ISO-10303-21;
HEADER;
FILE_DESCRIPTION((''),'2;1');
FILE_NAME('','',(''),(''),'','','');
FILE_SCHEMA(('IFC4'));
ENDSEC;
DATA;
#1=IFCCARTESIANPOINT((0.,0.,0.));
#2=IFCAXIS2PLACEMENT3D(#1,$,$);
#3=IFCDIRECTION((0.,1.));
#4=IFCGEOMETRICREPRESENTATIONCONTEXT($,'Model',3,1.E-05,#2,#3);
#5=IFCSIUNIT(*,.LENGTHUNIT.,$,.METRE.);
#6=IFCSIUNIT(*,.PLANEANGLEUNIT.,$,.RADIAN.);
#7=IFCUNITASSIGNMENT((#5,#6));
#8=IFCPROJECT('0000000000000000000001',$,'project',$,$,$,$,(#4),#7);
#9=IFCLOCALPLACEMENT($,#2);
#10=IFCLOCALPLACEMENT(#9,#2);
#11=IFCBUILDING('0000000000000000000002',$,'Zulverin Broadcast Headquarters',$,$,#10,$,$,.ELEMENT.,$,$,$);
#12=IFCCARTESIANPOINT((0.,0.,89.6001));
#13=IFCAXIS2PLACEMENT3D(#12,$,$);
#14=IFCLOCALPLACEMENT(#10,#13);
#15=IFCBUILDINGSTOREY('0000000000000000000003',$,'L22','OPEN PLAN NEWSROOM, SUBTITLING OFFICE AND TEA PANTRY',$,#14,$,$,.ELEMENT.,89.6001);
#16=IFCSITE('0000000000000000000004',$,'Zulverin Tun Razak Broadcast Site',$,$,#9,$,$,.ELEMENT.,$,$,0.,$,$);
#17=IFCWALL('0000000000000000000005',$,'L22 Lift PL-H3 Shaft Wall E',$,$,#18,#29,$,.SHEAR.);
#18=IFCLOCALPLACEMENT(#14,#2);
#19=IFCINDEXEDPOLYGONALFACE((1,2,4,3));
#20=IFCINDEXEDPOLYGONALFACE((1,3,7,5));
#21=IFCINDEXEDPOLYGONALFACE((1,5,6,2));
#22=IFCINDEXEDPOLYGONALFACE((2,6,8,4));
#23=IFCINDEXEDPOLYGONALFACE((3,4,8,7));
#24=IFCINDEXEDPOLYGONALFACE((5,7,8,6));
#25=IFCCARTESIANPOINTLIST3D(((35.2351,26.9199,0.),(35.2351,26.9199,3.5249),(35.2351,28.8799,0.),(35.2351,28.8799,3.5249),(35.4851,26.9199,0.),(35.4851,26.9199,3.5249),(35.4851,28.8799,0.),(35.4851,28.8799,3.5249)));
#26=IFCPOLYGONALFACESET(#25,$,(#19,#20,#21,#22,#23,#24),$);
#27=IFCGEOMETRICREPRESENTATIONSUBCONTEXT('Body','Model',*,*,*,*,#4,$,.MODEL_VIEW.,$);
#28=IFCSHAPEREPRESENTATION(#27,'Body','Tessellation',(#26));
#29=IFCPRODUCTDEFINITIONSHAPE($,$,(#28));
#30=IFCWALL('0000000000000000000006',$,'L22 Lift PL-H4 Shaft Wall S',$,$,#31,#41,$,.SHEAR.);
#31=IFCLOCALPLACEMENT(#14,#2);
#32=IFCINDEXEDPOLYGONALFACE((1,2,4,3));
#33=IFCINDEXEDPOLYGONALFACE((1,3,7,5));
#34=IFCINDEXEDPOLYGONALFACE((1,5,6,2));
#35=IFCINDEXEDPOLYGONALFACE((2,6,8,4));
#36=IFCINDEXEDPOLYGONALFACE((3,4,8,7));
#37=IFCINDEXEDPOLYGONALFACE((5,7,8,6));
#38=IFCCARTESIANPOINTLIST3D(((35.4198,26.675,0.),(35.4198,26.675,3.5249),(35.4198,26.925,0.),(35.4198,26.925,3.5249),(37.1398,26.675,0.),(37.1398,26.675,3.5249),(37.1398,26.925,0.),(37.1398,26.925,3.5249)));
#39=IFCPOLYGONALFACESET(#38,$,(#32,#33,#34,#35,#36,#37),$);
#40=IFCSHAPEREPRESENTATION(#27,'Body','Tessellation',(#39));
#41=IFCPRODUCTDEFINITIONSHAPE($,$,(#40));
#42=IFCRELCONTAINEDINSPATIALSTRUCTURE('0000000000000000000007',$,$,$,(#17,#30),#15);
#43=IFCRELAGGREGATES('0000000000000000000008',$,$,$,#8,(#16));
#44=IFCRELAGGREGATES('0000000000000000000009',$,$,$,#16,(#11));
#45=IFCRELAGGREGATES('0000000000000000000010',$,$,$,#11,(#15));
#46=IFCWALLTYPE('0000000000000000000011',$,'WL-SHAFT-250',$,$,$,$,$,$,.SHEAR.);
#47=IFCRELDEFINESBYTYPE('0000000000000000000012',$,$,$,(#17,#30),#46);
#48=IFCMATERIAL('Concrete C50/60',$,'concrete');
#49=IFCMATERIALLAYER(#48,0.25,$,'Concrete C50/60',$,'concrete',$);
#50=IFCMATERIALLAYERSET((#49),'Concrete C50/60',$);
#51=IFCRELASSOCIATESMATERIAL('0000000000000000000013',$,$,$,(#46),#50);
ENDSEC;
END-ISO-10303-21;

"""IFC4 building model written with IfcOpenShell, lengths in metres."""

from ifc_helpers import new_model, si_unit, direction, frame, frame_2d, origin, place, context, subcontext, project, spatial, rectangle, extrude, material, layer, layer_set, type_object, element, save


model = new_model("IFC4")

# Units and contexts
model_context = context("Model", 3, precision=1e-05, world=origin(), true_north=direction((0.0, 1.0)))
body_context = subcontext(model_context, "Body", "Model", "MODEL_VIEW")
ifc_project = project(units=[si_unit("LENGTHUNIT", "METRE"), si_unit("PLANEANGLEUNIT", "RADIAN")], contexts=[model_context])

# Site, building, storey
site_placement = place(None, origin())
site = spatial("IfcSite", under=ifc_project, at=site_placement, Name="Zulverin Tun Razak Broadcast Site", CompositionType="ELEMENT", RefElevation=0.0)
building_placement = place(site_placement, origin())
building = spatial("IfcBuilding", under=site, at=building_placement, Name="Zulverin Broadcast Headquarters", CompositionType="ELEMENT")
storey_placement = place(building_placement, frame((0.0, 0.0, 89.6001)))
storey = spatial("IfcBuildingStorey", under=building, at=storey_placement, Name="L22", Description="OPEN PLAN NEWSROOM, SUBTITLING OFFICE AND TEA PANTRY", CompositionType="ELEMENT", Elevation=89.6001)

# Walls
ifc_material_1 = material(Name="Concrete C50/60", Category="concrete")
ifc_layer_1 = layer(ifc_material_1, 0.25, Name="Concrete C50/60", Category="concrete")
ifc_layer_set_1 = layer_set([ifc_layer_1], Name="Concrete C50/60")
wall_type_1 = type_object("IfcWallType", Name="WL-SHAFT-250", PredefinedType="SHEAR", material=ifc_layer_set_1)
wall_1_placement = place(storey_placement, frame((35.3601, 26.9199, 0.0), z_axis=(0.0, 0.0, 1.0), x_axis=(0.0, 1.0, 0.0)))
element("IfcWall", 1, at=wall_1_placement, inside=storey, type_object=wall_type_1, Name="L22 Lift PL-H3 Shaft Wall E", PredefinedType="SHEAR", context=body_context, shape_type="SweptSolid", body=[
    extrude(rectangle(XDim=1.96, YDim=0.25, at=frame_2d((0.98, 0.0))), origin(), (0.0, 0.0, 1.0), 3.5249),
])
wall_2_placement = place(storey_placement, frame((35.4199, 26.8, 0.0), z_axis=(0.0, 0.0, 1.0), x_axis=(1.0, 0.0, 0.0)))
element("IfcWall", 2, at=wall_2_placement, inside=storey, type_object=wall_type_1, Name="L22 Lift PL-H4 Shaft Wall S", PredefinedType="SHEAR", context=body_context, shape_type="SweptSolid", body=[
    extrude(rectangle(XDim=1.72, YDim=0.25, at=frame_2d((0.8599, 0.0))), origin(), (0.0, 0.0, 1.0), 3.5249),
])

save(model, "model.ifc")
